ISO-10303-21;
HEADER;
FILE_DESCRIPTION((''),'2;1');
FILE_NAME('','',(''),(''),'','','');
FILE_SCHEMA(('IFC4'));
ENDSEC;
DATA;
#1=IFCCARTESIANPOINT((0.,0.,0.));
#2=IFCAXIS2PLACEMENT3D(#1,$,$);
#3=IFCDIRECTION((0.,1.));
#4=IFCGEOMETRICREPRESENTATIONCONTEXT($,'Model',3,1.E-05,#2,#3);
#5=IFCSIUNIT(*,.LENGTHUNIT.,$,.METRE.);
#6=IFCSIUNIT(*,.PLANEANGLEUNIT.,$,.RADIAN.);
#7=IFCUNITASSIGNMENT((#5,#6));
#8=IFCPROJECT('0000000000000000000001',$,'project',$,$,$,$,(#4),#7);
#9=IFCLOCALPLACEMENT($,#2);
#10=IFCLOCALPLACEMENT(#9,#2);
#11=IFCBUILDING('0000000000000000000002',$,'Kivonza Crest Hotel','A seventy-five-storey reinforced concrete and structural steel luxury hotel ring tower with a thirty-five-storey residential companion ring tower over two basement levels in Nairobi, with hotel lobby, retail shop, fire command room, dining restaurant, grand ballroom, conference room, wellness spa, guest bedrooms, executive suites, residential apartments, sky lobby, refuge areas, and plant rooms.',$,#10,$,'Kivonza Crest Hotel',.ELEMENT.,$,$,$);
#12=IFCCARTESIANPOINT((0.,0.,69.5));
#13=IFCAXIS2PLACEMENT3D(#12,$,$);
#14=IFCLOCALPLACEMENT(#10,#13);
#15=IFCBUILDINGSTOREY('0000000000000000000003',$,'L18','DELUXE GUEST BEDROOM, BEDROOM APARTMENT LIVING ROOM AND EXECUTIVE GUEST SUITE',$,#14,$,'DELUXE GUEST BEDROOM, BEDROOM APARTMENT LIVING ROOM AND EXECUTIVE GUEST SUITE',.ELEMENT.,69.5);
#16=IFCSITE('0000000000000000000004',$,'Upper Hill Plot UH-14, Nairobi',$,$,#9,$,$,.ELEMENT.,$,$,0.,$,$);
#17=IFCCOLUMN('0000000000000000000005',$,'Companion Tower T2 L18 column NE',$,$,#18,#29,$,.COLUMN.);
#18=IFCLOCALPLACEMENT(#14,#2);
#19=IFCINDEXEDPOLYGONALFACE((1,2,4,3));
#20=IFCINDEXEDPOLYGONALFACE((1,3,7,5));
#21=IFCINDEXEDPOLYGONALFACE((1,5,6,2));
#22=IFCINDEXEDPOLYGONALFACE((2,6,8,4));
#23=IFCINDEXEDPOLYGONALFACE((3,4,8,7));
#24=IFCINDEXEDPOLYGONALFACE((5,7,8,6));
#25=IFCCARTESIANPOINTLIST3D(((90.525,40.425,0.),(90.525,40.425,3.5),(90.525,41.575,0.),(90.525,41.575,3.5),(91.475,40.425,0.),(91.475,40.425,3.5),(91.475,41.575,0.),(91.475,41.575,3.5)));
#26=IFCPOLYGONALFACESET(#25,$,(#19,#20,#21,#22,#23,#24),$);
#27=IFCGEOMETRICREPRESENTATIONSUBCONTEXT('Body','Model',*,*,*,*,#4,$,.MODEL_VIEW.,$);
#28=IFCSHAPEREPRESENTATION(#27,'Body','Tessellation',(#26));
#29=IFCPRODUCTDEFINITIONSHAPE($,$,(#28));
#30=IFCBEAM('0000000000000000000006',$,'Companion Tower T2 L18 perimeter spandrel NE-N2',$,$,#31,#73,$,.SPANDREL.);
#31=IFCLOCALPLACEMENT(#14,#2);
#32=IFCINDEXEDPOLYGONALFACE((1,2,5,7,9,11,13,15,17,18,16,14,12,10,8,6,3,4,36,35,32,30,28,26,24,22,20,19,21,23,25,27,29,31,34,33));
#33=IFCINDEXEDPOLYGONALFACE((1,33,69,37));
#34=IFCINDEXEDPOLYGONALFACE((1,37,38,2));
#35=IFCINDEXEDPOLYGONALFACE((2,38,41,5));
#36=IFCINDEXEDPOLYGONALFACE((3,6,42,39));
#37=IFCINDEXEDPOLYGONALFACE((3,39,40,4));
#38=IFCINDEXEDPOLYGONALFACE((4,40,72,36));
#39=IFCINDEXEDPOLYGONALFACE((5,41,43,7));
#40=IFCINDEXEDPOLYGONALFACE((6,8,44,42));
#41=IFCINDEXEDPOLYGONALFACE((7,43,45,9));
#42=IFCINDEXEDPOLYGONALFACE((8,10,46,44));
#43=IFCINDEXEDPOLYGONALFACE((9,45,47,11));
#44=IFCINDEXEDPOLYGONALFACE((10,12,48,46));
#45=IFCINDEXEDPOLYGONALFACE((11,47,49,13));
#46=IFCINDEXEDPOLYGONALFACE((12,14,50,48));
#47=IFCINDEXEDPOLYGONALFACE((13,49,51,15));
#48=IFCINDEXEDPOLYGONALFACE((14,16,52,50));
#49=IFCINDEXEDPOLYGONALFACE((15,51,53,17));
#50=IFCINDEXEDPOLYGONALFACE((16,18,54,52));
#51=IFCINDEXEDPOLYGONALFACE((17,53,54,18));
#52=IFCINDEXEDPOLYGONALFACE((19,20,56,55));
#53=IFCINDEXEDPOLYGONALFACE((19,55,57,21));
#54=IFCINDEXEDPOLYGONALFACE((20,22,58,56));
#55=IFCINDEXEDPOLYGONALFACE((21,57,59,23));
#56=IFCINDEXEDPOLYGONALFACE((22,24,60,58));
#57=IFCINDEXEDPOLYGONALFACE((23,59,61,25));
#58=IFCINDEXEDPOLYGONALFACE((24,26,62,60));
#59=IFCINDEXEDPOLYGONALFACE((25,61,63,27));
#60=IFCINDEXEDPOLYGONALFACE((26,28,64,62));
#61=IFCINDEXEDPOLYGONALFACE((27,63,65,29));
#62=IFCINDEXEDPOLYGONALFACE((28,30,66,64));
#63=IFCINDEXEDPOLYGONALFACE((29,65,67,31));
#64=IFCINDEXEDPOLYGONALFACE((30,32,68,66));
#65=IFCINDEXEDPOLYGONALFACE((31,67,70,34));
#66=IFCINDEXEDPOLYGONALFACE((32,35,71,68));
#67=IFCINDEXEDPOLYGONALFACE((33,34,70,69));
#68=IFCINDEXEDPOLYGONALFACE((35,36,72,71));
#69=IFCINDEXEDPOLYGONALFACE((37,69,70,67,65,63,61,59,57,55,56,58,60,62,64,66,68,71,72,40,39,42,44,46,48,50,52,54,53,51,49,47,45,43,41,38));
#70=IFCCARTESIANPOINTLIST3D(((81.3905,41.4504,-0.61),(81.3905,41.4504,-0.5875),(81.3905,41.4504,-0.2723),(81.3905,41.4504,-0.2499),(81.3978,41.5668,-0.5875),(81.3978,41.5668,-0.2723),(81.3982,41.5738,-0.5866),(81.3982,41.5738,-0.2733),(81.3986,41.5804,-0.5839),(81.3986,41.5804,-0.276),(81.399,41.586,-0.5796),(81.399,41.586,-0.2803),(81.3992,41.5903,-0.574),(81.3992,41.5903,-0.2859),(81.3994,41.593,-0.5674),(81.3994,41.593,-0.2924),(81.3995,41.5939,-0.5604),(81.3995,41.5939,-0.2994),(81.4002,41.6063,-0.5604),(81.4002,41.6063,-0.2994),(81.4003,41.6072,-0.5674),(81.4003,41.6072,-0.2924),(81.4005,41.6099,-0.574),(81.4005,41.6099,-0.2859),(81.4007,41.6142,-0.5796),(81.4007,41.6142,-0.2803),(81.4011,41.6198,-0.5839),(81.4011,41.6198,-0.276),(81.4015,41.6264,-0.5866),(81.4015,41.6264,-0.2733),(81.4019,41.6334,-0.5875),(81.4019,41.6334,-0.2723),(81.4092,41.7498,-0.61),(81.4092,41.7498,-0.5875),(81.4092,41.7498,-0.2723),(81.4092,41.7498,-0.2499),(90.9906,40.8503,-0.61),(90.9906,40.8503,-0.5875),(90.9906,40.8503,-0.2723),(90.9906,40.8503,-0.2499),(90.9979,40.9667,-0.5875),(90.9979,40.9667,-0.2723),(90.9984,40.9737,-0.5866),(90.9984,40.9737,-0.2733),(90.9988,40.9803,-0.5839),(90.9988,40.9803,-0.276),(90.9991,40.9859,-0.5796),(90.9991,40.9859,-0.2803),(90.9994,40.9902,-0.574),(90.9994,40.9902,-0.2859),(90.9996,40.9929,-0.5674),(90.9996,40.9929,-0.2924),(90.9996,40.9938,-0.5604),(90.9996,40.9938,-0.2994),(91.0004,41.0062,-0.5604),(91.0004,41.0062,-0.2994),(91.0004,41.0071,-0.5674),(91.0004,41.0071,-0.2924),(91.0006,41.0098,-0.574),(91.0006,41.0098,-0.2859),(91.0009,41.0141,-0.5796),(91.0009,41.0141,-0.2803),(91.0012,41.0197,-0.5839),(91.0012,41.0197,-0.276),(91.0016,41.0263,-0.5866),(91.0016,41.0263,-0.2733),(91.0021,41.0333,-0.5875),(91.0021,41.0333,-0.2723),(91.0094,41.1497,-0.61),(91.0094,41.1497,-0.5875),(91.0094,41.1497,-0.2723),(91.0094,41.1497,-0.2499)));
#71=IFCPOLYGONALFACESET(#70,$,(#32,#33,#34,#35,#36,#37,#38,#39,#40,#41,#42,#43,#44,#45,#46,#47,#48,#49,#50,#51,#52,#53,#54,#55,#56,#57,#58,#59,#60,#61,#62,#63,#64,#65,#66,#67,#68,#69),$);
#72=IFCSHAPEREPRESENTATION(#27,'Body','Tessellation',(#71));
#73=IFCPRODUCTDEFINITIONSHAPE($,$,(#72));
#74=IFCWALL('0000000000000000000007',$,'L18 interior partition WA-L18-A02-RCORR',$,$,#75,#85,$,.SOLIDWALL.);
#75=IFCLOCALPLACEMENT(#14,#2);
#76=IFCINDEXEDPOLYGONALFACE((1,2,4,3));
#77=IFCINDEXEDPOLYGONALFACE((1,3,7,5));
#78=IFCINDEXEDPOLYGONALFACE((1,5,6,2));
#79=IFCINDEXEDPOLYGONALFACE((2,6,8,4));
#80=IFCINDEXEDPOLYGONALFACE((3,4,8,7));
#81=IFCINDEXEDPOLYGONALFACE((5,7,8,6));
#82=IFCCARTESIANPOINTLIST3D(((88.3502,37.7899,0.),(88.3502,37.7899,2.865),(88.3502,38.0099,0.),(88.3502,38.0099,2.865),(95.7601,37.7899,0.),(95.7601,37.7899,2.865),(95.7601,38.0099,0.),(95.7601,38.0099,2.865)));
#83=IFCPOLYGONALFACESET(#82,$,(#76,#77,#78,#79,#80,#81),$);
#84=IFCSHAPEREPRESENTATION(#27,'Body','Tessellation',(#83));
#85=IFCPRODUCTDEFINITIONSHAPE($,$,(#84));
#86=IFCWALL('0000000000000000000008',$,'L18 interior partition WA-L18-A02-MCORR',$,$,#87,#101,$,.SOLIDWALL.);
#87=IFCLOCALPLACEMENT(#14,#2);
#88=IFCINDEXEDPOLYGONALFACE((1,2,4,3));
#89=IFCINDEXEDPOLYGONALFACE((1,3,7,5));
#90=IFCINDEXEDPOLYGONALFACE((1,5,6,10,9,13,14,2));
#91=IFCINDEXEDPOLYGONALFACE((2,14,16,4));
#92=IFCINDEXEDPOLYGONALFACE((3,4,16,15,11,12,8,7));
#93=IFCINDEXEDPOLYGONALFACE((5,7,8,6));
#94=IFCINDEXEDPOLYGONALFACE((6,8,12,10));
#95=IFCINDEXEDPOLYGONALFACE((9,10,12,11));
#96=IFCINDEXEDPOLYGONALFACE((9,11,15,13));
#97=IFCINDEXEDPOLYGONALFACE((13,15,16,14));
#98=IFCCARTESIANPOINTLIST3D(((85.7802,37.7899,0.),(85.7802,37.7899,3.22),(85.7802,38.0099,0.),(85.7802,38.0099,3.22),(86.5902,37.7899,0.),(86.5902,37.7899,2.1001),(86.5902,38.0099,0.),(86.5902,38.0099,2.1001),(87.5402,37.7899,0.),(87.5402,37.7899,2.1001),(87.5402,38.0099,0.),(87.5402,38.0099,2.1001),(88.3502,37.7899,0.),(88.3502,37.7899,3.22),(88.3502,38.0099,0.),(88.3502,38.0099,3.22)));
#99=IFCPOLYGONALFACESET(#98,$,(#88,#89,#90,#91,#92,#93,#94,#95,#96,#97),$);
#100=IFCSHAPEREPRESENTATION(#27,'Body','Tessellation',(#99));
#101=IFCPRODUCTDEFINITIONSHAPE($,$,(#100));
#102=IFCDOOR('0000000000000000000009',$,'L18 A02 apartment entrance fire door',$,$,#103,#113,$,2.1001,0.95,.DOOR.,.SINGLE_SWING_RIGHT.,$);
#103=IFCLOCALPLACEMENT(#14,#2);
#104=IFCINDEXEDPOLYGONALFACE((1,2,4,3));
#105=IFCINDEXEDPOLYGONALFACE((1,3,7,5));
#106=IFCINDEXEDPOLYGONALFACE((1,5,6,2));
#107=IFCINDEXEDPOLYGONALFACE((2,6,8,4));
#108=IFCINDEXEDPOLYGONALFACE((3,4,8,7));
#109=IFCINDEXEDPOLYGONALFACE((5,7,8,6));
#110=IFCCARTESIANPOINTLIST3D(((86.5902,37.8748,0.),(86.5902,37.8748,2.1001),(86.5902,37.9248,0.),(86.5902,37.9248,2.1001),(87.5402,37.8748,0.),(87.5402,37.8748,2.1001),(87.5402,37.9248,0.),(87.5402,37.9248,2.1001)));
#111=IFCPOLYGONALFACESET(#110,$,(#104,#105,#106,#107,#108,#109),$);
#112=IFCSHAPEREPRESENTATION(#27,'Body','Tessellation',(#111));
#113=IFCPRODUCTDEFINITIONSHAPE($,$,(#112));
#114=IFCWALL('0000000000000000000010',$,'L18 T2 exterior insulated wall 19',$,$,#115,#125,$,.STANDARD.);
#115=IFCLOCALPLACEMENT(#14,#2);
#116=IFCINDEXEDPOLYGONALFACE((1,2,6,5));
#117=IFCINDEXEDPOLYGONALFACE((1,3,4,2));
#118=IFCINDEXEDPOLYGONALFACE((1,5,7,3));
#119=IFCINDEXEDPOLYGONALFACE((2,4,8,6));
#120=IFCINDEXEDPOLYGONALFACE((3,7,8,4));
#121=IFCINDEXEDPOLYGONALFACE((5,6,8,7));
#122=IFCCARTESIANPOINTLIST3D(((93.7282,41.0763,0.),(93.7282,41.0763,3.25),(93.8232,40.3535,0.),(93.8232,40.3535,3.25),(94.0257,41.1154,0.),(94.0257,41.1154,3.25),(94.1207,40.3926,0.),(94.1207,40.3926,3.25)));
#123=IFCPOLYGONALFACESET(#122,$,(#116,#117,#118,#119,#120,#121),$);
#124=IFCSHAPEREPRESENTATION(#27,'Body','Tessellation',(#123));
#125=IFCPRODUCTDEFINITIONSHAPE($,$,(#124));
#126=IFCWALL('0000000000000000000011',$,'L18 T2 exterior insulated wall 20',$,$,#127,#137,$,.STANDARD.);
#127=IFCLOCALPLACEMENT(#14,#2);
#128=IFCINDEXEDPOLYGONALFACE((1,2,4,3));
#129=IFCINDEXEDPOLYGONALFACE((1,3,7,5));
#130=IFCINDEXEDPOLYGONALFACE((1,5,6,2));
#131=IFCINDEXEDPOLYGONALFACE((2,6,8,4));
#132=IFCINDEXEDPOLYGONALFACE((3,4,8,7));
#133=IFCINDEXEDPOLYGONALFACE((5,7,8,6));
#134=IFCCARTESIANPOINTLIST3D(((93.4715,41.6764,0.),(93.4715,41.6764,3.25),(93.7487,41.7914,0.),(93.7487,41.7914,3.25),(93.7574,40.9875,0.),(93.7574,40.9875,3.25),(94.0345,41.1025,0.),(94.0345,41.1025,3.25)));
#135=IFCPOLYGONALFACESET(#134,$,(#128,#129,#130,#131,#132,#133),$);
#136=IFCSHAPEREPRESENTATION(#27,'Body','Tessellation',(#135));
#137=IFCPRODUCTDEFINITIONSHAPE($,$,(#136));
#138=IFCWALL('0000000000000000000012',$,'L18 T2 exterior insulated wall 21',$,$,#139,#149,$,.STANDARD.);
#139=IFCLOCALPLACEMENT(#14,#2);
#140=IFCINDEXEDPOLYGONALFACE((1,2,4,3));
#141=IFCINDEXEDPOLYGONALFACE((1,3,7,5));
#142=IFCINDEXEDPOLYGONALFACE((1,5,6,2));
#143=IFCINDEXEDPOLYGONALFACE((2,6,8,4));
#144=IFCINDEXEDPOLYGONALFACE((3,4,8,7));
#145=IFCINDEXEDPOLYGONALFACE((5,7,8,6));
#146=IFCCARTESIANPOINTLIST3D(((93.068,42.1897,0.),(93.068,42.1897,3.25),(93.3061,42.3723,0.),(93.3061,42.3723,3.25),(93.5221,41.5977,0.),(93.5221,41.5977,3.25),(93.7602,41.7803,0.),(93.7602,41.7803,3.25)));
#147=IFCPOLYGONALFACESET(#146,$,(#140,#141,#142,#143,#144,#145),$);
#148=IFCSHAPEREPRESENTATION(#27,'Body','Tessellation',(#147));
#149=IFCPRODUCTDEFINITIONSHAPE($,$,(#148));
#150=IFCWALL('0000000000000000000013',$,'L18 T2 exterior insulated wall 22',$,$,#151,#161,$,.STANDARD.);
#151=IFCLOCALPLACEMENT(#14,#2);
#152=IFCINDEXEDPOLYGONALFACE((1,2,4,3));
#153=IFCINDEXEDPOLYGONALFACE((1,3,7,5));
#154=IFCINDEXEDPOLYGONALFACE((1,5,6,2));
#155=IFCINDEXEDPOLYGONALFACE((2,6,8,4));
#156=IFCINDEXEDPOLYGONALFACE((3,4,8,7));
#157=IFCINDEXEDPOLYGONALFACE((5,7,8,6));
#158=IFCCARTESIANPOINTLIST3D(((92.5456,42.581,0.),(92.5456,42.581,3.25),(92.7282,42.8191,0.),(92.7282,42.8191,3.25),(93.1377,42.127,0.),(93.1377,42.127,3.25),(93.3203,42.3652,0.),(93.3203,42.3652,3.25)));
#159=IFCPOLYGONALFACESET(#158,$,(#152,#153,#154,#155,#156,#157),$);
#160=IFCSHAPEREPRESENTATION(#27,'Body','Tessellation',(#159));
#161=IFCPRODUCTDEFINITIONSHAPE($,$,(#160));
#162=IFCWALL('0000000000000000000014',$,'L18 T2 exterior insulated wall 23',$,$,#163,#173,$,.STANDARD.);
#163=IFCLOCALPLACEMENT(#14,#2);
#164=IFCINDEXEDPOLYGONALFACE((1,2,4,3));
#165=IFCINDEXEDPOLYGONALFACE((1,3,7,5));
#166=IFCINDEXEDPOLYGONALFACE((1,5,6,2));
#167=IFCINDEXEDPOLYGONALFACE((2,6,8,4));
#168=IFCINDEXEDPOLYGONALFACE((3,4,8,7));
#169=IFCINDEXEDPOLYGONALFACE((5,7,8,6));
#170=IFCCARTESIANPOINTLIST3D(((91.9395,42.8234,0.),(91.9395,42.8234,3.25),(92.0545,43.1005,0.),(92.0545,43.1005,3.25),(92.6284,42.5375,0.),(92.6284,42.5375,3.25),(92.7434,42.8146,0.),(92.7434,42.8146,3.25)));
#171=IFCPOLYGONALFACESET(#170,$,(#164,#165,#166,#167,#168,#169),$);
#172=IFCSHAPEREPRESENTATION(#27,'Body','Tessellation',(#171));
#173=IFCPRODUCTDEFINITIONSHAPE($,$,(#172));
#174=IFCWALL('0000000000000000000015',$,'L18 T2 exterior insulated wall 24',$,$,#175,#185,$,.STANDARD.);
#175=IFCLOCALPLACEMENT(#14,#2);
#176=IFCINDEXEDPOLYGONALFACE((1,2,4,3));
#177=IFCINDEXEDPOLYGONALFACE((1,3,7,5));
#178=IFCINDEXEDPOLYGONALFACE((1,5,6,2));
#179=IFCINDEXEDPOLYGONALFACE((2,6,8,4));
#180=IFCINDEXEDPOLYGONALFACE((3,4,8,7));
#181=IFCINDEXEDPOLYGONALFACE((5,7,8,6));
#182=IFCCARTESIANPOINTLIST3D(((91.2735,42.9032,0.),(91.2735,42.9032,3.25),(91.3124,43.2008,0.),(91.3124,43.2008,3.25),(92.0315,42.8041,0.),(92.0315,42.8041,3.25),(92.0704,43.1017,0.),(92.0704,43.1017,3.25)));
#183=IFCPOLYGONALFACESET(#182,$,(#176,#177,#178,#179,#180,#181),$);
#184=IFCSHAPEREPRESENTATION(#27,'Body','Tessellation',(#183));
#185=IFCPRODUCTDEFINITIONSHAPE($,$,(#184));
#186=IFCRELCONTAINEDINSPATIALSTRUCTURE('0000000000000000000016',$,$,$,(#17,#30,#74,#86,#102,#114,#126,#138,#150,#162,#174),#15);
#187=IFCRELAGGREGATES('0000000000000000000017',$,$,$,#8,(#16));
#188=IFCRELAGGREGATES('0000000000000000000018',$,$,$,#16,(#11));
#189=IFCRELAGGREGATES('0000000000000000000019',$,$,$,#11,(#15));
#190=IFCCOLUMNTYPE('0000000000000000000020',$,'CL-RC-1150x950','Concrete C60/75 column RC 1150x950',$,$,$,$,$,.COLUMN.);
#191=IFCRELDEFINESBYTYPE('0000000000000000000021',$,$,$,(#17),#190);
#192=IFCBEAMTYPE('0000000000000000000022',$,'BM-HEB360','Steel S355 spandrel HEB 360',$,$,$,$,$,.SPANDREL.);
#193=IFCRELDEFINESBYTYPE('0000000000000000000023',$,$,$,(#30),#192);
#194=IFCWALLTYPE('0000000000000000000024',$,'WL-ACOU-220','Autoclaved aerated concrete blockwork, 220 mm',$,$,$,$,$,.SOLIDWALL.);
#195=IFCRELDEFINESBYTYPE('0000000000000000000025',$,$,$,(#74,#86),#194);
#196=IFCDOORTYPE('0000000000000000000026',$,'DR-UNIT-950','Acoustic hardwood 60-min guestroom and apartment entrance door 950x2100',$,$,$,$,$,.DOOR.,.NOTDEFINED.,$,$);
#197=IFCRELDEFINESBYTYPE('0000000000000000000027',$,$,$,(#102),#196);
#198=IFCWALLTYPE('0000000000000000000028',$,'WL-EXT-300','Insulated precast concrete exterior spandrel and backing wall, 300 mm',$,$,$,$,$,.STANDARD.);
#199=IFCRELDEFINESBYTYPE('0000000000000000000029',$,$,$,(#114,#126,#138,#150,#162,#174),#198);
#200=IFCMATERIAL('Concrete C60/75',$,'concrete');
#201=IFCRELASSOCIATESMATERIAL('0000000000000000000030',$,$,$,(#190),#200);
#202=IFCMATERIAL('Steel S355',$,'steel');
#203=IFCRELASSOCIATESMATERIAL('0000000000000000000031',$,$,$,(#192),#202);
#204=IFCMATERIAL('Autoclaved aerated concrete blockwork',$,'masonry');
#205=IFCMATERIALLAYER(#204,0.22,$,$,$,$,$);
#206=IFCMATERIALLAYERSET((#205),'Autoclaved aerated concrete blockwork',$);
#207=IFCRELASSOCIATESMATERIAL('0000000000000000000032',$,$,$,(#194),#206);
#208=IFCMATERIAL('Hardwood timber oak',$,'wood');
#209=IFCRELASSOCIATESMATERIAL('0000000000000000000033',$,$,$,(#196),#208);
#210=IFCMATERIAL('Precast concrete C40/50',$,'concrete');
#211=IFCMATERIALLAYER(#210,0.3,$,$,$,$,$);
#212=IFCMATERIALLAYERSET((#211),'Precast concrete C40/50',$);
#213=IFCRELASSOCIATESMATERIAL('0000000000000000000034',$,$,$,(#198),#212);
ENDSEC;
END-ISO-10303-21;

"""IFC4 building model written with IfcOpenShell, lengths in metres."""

from ifc_helpers import new_model, si_unit, direction, frame, frame_2d, origin, origin_2d, place, context, subcontext, project, spatial, rectangle, i_section, extrude, material, layer, layer_set, material_profile, profile_set, type_object, element, fill, save


model = new_model("IFC4")

# Units and contexts
model_context = context("Model", 3, precision=1e-05, world=origin(), true_north=direction((0.0, 1.0)))
body_context = subcontext(model_context, "Body", "Model", "MODEL_VIEW")
ifc_project = project(units=[si_unit("LENGTHUNIT", "METRE"), si_unit("PLANEANGLEUNIT", "RADIAN")], contexts=[model_context])

# Site, building, storey
site_placement = place(None, origin())
site = spatial("IfcSite", under=ifc_project, at=site_placement, Name="Upper Hill Plot UH-14, Nairobi", CompositionType="ELEMENT", RefElevation=0.0)
building_placement = place(site_placement, origin())
building = spatial("IfcBuilding", under=site, at=building_placement, Name="Kivonza Crest Hotel", Description="A seventy-five-storey reinforced concrete and structural steel luxury hotel ring tower with a thirty-five-storey residential companion ring tower over two basement levels in Nairobi, with hotel lobby, retail shop, fire command room, dining restaurant, grand ballroom, conference room, wellness spa, guest bedrooms, executive suites, residential apartments, sky lobby, refuge areas, and plant rooms.", LongName="Kivonza Crest Hotel", CompositionType="ELEMENT")
storey_placement = place(building_placement, frame((0.0, 0.0, 69.5)))
storey = spatial("IfcBuildingStorey", under=building, at=storey_placement, Name="L18", Description="DELUXE GUEST BEDROOM, BEDROOM APARTMENT LIVING ROOM AND EXECUTIVE GUEST SUITE", LongName="DELUXE GUEST BEDROOM, BEDROOM APARTMENT LIVING ROOM AND EXECUTIVE GUEST SUITE", CompositionType="ELEMENT", Elevation=69.5)

# Column
ifc_material_1 = material(Name="Concrete C60/75", Category="concrete")
ifc_material_profile_1 = material_profile(ifc_material_1, rectangle(XDim=0.95, YDim=1.1499, at=origin_2d()), Name="RC 1150x950")
ifc_profile_set_1 = profile_set([ifc_material_profile_1], Name="Concrete C60/75")
column_type = type_object("IfcColumnType", Name="CL-RC-1150x950", Description="Concrete C60/75 column RC 1150x950", PredefinedType="COLUMN", material=ifc_profile_set_1)
column_placement = place(storey_placement, frame((91.0, 41.0, 0.0), z_axis=(0.0, 0.0, 1.0), x_axis=(1.0, 0.0, 0.0)))
element("IfcColumn", 1, at=column_placement, inside=storey, type_object=column_type, Name="Companion Tower T2 L18 column NE", PredefinedType="COLUMN", context=body_context, shape_type="SweptSolid", body=[
    extrude(rectangle(XDim=0.95, YDim=1.1499, at=origin_2d()), origin(), (0.0, 0.0, 1.0), 3.5),
])

# Beam
ifc_material_2 = material(Name="Steel S355", Category="steel")
ifc_material_profile_2 = material_profile(ifc_material_2, i_section(OverallWidth=0.3, OverallDepth=0.3601, WebThickness=0.0125, FlangeThickness=0.0225, FilletRadius=0.0271, at=origin_2d()), Name="HEB 360")
ifc_profile_set_2 = profile_set([ifc_material_profile_2], Name="Steel S355")
beam_type = type_object("IfcBeamType", Name="BM-HEB360", Description="Steel S355 spandrel HEB 360", PredefinedType="SPANDREL", material=ifc_profile_set_2)
beam_placement = place(storey_placement, frame((91.0, 41.0, -0.4299), z_axis=(-0.998052, 0.062388, 0.0), x_axis=(-0.062388, -0.998052, 0.0)))
element("IfcBeam", 2, at=beam_placement, inside=storey, type_object=beam_type, Name="Companion Tower T2 L18 perimeter spandrel NE-N2", PredefinedType="SPANDREL", context=body_context, shape_type="SweptSolid", body=[
    extrude(i_section(OverallWidth=0.3, OverallDepth=0.3601, WebThickness=0.0125, FlangeThickness=0.0225, FilletRadius=0.0271, at=origin_2d()), origin(), (0.0, 0.0, 1.0), 9.6189),
])

# Wall
ifc_material_3 = material(Name="Autoclaved aerated concrete blockwork", Category="masonry")
ifc_layer_1 = layer(ifc_material_3, 0.22)
ifc_layer_set_1 = layer_set([ifc_layer_1], Name="Autoclaved aerated concrete blockwork")
wall_type_1 = type_object("IfcWallType", Name="WL-ACOU-220", Description="Autoclaved aerated concrete blockwork, 220 mm", PredefinedType="SOLIDWALL", material=ifc_layer_set_1)
wall_1_placement = place(storey_placement, frame((88.3501, 37.8999, 0.0), z_axis=(0.0, 0.0, 1.0), x_axis=(1.0, 0.0, 0.0)))
element("IfcWall", 3, at=wall_1_placement, inside=storey, type_object=wall_type_1, Name="L18 interior partition WA-L18-A02-RCORR", PredefinedType="SOLIDWALL", context=body_context, shape_type="SweptSolid", body=[
    extrude(rectangle(XDim=7.4099, YDim=0.22, at=frame_2d((3.7051, 0.0))), origin(), (0.0, 0.0, 1.0), 2.865),
])

# Wall, opening, door
wall_2_placement = place(storey_placement, frame((85.78, 37.8999, 0.0), z_axis=(0.0, 0.0, 1.0), x_axis=(1.0, 0.0, 0.0)))
wall_2 = element("IfcWall", 4, at=wall_2_placement, inside=storey, type_object=wall_type_1, Name="L18 interior partition WA-L18-A02-MCORR", PredefinedType="SOLIDWALL", context=body_context, shape_type="SweptSolid", body=[
    extrude(rectangle(XDim=2.5701, YDim=0.22, at=frame_2d((1.2852, 0.0))), origin(), (0.0, 0.0, 1.0), 3.22),
])
opening_1_placement = place(wall_2_placement, frame((0.8101, 0.0, 0.0)))
opening_1 = element("IfcOpeningElement", 5, at=opening_1_placement, cuts=wall_2, PredefinedType="OPENING", context=body_context, shape_type="SweptSolid", body=[
    extrude(rectangle(XDim=0.95, YDim=2.1001, at=frame_2d((0.4751, 1.05))), frame((0.0, 0.1201, 0.0), z_axis=(0.0, -1.0, 0.0), x_axis=(1.0, 0.0, 0.0)), (0.0, 0.0, 1.0), 0.24),
])
ifc_material_4 = material(Name="Hardwood timber oak", Category="wood")
door_type_1 = type_object("IfcDoorType", Name="DR-UNIT-950", Description="Acoustic hardwood 60-min guestroom and apartment entrance door 950x2100", OperationType="NOTDEFINED", PredefinedType="DOOR", material=ifc_material_4)
door_1_placement = place(opening_1_placement, origin())
door_1 = element("IfcDoor", 6, at=door_1_placement, inside=storey, type_object=door_type_1, Name="L18 A02 apartment entrance fire door", OperationType="SINGLE_SWING_RIGHT", OverallHeight=2.1001, OverallWidth=0.95, PredefinedType="DOOR", context=body_context, shape_type="SweptSolid", body=[
    extrude(rectangle(XDim=0.95, YDim=2.1001, at=frame_2d((0.4751, 1.05))), frame((0.0, 0.0249, 0.0), z_axis=(0.0, -1.0, 0.0), x_axis=(1.0, 0.0, 0.0)), (0.0, 0.0, 1.0), 0.05),
])
fill(opening_1, door_1)

# Walls
ifc_material_5 = material(Name="Precast concrete C40/50", Category="concrete")
ifc_layer_2 = layer(ifc_material_5, 0.3)
ifc_layer_set_2 = layer_set([ifc_layer_2], Name="Precast concrete C40/50")
wall_type_2 = type_object("IfcWallType", Name="WL-EXT-300", Description="Insulated precast concrete exterior spandrel and backing wall, 300 mm", PredefinedType="STANDARD", material=ifc_layer_set_2)
wall_3_placement = place(storey_placement, frame((93.9719, 40.373, 0.0), z_axis=(0.0, 0.0, 1.0), x_axis=(-0.130255, 0.99148, 0.0)))
element("IfcWall", 7, at=wall_3_placement, inside=storey, type_object=wall_type_2, Name="L18 T2 exterior insulated wall 19", PredefinedType="STANDARD", context=body_context, shape_type="SweptSolid", body=[
    extrude(rectangle(XDim=0.729, YDim=0.3, at=frame_2d((0.3645, 0.0))), origin(), (0.0, 0.0, 1.0), 3.25),
])
wall_4_placement = place(storey_placement, frame((93.896, 41.0449, 0.0), z_axis=(0.0, 0.0, 1.0), x_axis=(-0.383267, 0.923638, 0.0)))
element("IfcWall", 8, at=wall_4_placement, inside=storey, type_object=wall_type_2, Name="L18 T2 exterior insulated wall 20", PredefinedType="STANDARD", context=body_context, shape_type="SweptSolid", body=[
    extrude(rectangle(XDim=0.7458, YDim=0.3, at=frame_2d((0.373, 0.0))), origin(), (0.0, 0.0, 1.0), 3.25),
])
for number, where, z_axis, x_axis, name in (
    (9, (93.6411, 41.689, 0.0), (0.0, 0.0, 1.0), (-0.608603, 0.793475, 0.0), "L18 T2 exterior insulated wall 21"),
    (10, (93.229, 42.2461, 0.0), (0.0, 0.0, 1.0), (-0.793633, 0.608397, 0.0), "L18 T2 exterior insulated wall 22"),
):
    element("IfcWall", number, at=place(storey_placement, frame(where, z_axis=z_axis, x_axis=x_axis)), inside=storey, type_object=wall_type_2, Name=name, PredefinedType="STANDARD", context=body_context, shape_type="SweptSolid", body=[
        extrude(rectangle(XDim=0.7461, YDim=0.3, at=frame_2d((0.373, 0.0))), origin(), (0.0, 0.0, 1.0), 3.25),
    ])
wall_5_placement = place(storey_placement, frame((92.686, 42.676, 0.0), z_axis=(0.0, 0.0, 1.0), x_axis=(-0.923638, 0.383267, 0.0)))
element("IfcWall", 11, at=wall_5_placement, inside=storey, type_object=wall_type_2, Name="L18 T2 exterior insulated wall 23", PredefinedType="STANDARD", context=body_context, shape_type="SweptSolid", body=[
    extrude(rectangle(XDim=0.7458, YDim=0.3, at=frame_2d((0.373, 0.0))), origin(), (0.0, 0.0, 1.0), 3.25),
])
wall_6_placement = place(storey_placement, frame((92.051, 42.9529, 0.0), z_axis=(0.0, 0.0, 1.0), x_axis=(-0.991559, 0.129653, 0.0)))
element("IfcWall", 12, at=wall_6_placement, inside=storey, type_object=wall_type_2, Name="L18 T2 exterior insulated wall 24", PredefinedType="STANDARD", context=body_context, shape_type="SweptSolid", body=[
    extrude(rectangle(XDim=0.7644, YDim=0.3, at=frame_2d((0.3823, 0.0))), origin(), (0.0, 0.0, 1.0), 3.25),
])

save(model, "model.ifc")
